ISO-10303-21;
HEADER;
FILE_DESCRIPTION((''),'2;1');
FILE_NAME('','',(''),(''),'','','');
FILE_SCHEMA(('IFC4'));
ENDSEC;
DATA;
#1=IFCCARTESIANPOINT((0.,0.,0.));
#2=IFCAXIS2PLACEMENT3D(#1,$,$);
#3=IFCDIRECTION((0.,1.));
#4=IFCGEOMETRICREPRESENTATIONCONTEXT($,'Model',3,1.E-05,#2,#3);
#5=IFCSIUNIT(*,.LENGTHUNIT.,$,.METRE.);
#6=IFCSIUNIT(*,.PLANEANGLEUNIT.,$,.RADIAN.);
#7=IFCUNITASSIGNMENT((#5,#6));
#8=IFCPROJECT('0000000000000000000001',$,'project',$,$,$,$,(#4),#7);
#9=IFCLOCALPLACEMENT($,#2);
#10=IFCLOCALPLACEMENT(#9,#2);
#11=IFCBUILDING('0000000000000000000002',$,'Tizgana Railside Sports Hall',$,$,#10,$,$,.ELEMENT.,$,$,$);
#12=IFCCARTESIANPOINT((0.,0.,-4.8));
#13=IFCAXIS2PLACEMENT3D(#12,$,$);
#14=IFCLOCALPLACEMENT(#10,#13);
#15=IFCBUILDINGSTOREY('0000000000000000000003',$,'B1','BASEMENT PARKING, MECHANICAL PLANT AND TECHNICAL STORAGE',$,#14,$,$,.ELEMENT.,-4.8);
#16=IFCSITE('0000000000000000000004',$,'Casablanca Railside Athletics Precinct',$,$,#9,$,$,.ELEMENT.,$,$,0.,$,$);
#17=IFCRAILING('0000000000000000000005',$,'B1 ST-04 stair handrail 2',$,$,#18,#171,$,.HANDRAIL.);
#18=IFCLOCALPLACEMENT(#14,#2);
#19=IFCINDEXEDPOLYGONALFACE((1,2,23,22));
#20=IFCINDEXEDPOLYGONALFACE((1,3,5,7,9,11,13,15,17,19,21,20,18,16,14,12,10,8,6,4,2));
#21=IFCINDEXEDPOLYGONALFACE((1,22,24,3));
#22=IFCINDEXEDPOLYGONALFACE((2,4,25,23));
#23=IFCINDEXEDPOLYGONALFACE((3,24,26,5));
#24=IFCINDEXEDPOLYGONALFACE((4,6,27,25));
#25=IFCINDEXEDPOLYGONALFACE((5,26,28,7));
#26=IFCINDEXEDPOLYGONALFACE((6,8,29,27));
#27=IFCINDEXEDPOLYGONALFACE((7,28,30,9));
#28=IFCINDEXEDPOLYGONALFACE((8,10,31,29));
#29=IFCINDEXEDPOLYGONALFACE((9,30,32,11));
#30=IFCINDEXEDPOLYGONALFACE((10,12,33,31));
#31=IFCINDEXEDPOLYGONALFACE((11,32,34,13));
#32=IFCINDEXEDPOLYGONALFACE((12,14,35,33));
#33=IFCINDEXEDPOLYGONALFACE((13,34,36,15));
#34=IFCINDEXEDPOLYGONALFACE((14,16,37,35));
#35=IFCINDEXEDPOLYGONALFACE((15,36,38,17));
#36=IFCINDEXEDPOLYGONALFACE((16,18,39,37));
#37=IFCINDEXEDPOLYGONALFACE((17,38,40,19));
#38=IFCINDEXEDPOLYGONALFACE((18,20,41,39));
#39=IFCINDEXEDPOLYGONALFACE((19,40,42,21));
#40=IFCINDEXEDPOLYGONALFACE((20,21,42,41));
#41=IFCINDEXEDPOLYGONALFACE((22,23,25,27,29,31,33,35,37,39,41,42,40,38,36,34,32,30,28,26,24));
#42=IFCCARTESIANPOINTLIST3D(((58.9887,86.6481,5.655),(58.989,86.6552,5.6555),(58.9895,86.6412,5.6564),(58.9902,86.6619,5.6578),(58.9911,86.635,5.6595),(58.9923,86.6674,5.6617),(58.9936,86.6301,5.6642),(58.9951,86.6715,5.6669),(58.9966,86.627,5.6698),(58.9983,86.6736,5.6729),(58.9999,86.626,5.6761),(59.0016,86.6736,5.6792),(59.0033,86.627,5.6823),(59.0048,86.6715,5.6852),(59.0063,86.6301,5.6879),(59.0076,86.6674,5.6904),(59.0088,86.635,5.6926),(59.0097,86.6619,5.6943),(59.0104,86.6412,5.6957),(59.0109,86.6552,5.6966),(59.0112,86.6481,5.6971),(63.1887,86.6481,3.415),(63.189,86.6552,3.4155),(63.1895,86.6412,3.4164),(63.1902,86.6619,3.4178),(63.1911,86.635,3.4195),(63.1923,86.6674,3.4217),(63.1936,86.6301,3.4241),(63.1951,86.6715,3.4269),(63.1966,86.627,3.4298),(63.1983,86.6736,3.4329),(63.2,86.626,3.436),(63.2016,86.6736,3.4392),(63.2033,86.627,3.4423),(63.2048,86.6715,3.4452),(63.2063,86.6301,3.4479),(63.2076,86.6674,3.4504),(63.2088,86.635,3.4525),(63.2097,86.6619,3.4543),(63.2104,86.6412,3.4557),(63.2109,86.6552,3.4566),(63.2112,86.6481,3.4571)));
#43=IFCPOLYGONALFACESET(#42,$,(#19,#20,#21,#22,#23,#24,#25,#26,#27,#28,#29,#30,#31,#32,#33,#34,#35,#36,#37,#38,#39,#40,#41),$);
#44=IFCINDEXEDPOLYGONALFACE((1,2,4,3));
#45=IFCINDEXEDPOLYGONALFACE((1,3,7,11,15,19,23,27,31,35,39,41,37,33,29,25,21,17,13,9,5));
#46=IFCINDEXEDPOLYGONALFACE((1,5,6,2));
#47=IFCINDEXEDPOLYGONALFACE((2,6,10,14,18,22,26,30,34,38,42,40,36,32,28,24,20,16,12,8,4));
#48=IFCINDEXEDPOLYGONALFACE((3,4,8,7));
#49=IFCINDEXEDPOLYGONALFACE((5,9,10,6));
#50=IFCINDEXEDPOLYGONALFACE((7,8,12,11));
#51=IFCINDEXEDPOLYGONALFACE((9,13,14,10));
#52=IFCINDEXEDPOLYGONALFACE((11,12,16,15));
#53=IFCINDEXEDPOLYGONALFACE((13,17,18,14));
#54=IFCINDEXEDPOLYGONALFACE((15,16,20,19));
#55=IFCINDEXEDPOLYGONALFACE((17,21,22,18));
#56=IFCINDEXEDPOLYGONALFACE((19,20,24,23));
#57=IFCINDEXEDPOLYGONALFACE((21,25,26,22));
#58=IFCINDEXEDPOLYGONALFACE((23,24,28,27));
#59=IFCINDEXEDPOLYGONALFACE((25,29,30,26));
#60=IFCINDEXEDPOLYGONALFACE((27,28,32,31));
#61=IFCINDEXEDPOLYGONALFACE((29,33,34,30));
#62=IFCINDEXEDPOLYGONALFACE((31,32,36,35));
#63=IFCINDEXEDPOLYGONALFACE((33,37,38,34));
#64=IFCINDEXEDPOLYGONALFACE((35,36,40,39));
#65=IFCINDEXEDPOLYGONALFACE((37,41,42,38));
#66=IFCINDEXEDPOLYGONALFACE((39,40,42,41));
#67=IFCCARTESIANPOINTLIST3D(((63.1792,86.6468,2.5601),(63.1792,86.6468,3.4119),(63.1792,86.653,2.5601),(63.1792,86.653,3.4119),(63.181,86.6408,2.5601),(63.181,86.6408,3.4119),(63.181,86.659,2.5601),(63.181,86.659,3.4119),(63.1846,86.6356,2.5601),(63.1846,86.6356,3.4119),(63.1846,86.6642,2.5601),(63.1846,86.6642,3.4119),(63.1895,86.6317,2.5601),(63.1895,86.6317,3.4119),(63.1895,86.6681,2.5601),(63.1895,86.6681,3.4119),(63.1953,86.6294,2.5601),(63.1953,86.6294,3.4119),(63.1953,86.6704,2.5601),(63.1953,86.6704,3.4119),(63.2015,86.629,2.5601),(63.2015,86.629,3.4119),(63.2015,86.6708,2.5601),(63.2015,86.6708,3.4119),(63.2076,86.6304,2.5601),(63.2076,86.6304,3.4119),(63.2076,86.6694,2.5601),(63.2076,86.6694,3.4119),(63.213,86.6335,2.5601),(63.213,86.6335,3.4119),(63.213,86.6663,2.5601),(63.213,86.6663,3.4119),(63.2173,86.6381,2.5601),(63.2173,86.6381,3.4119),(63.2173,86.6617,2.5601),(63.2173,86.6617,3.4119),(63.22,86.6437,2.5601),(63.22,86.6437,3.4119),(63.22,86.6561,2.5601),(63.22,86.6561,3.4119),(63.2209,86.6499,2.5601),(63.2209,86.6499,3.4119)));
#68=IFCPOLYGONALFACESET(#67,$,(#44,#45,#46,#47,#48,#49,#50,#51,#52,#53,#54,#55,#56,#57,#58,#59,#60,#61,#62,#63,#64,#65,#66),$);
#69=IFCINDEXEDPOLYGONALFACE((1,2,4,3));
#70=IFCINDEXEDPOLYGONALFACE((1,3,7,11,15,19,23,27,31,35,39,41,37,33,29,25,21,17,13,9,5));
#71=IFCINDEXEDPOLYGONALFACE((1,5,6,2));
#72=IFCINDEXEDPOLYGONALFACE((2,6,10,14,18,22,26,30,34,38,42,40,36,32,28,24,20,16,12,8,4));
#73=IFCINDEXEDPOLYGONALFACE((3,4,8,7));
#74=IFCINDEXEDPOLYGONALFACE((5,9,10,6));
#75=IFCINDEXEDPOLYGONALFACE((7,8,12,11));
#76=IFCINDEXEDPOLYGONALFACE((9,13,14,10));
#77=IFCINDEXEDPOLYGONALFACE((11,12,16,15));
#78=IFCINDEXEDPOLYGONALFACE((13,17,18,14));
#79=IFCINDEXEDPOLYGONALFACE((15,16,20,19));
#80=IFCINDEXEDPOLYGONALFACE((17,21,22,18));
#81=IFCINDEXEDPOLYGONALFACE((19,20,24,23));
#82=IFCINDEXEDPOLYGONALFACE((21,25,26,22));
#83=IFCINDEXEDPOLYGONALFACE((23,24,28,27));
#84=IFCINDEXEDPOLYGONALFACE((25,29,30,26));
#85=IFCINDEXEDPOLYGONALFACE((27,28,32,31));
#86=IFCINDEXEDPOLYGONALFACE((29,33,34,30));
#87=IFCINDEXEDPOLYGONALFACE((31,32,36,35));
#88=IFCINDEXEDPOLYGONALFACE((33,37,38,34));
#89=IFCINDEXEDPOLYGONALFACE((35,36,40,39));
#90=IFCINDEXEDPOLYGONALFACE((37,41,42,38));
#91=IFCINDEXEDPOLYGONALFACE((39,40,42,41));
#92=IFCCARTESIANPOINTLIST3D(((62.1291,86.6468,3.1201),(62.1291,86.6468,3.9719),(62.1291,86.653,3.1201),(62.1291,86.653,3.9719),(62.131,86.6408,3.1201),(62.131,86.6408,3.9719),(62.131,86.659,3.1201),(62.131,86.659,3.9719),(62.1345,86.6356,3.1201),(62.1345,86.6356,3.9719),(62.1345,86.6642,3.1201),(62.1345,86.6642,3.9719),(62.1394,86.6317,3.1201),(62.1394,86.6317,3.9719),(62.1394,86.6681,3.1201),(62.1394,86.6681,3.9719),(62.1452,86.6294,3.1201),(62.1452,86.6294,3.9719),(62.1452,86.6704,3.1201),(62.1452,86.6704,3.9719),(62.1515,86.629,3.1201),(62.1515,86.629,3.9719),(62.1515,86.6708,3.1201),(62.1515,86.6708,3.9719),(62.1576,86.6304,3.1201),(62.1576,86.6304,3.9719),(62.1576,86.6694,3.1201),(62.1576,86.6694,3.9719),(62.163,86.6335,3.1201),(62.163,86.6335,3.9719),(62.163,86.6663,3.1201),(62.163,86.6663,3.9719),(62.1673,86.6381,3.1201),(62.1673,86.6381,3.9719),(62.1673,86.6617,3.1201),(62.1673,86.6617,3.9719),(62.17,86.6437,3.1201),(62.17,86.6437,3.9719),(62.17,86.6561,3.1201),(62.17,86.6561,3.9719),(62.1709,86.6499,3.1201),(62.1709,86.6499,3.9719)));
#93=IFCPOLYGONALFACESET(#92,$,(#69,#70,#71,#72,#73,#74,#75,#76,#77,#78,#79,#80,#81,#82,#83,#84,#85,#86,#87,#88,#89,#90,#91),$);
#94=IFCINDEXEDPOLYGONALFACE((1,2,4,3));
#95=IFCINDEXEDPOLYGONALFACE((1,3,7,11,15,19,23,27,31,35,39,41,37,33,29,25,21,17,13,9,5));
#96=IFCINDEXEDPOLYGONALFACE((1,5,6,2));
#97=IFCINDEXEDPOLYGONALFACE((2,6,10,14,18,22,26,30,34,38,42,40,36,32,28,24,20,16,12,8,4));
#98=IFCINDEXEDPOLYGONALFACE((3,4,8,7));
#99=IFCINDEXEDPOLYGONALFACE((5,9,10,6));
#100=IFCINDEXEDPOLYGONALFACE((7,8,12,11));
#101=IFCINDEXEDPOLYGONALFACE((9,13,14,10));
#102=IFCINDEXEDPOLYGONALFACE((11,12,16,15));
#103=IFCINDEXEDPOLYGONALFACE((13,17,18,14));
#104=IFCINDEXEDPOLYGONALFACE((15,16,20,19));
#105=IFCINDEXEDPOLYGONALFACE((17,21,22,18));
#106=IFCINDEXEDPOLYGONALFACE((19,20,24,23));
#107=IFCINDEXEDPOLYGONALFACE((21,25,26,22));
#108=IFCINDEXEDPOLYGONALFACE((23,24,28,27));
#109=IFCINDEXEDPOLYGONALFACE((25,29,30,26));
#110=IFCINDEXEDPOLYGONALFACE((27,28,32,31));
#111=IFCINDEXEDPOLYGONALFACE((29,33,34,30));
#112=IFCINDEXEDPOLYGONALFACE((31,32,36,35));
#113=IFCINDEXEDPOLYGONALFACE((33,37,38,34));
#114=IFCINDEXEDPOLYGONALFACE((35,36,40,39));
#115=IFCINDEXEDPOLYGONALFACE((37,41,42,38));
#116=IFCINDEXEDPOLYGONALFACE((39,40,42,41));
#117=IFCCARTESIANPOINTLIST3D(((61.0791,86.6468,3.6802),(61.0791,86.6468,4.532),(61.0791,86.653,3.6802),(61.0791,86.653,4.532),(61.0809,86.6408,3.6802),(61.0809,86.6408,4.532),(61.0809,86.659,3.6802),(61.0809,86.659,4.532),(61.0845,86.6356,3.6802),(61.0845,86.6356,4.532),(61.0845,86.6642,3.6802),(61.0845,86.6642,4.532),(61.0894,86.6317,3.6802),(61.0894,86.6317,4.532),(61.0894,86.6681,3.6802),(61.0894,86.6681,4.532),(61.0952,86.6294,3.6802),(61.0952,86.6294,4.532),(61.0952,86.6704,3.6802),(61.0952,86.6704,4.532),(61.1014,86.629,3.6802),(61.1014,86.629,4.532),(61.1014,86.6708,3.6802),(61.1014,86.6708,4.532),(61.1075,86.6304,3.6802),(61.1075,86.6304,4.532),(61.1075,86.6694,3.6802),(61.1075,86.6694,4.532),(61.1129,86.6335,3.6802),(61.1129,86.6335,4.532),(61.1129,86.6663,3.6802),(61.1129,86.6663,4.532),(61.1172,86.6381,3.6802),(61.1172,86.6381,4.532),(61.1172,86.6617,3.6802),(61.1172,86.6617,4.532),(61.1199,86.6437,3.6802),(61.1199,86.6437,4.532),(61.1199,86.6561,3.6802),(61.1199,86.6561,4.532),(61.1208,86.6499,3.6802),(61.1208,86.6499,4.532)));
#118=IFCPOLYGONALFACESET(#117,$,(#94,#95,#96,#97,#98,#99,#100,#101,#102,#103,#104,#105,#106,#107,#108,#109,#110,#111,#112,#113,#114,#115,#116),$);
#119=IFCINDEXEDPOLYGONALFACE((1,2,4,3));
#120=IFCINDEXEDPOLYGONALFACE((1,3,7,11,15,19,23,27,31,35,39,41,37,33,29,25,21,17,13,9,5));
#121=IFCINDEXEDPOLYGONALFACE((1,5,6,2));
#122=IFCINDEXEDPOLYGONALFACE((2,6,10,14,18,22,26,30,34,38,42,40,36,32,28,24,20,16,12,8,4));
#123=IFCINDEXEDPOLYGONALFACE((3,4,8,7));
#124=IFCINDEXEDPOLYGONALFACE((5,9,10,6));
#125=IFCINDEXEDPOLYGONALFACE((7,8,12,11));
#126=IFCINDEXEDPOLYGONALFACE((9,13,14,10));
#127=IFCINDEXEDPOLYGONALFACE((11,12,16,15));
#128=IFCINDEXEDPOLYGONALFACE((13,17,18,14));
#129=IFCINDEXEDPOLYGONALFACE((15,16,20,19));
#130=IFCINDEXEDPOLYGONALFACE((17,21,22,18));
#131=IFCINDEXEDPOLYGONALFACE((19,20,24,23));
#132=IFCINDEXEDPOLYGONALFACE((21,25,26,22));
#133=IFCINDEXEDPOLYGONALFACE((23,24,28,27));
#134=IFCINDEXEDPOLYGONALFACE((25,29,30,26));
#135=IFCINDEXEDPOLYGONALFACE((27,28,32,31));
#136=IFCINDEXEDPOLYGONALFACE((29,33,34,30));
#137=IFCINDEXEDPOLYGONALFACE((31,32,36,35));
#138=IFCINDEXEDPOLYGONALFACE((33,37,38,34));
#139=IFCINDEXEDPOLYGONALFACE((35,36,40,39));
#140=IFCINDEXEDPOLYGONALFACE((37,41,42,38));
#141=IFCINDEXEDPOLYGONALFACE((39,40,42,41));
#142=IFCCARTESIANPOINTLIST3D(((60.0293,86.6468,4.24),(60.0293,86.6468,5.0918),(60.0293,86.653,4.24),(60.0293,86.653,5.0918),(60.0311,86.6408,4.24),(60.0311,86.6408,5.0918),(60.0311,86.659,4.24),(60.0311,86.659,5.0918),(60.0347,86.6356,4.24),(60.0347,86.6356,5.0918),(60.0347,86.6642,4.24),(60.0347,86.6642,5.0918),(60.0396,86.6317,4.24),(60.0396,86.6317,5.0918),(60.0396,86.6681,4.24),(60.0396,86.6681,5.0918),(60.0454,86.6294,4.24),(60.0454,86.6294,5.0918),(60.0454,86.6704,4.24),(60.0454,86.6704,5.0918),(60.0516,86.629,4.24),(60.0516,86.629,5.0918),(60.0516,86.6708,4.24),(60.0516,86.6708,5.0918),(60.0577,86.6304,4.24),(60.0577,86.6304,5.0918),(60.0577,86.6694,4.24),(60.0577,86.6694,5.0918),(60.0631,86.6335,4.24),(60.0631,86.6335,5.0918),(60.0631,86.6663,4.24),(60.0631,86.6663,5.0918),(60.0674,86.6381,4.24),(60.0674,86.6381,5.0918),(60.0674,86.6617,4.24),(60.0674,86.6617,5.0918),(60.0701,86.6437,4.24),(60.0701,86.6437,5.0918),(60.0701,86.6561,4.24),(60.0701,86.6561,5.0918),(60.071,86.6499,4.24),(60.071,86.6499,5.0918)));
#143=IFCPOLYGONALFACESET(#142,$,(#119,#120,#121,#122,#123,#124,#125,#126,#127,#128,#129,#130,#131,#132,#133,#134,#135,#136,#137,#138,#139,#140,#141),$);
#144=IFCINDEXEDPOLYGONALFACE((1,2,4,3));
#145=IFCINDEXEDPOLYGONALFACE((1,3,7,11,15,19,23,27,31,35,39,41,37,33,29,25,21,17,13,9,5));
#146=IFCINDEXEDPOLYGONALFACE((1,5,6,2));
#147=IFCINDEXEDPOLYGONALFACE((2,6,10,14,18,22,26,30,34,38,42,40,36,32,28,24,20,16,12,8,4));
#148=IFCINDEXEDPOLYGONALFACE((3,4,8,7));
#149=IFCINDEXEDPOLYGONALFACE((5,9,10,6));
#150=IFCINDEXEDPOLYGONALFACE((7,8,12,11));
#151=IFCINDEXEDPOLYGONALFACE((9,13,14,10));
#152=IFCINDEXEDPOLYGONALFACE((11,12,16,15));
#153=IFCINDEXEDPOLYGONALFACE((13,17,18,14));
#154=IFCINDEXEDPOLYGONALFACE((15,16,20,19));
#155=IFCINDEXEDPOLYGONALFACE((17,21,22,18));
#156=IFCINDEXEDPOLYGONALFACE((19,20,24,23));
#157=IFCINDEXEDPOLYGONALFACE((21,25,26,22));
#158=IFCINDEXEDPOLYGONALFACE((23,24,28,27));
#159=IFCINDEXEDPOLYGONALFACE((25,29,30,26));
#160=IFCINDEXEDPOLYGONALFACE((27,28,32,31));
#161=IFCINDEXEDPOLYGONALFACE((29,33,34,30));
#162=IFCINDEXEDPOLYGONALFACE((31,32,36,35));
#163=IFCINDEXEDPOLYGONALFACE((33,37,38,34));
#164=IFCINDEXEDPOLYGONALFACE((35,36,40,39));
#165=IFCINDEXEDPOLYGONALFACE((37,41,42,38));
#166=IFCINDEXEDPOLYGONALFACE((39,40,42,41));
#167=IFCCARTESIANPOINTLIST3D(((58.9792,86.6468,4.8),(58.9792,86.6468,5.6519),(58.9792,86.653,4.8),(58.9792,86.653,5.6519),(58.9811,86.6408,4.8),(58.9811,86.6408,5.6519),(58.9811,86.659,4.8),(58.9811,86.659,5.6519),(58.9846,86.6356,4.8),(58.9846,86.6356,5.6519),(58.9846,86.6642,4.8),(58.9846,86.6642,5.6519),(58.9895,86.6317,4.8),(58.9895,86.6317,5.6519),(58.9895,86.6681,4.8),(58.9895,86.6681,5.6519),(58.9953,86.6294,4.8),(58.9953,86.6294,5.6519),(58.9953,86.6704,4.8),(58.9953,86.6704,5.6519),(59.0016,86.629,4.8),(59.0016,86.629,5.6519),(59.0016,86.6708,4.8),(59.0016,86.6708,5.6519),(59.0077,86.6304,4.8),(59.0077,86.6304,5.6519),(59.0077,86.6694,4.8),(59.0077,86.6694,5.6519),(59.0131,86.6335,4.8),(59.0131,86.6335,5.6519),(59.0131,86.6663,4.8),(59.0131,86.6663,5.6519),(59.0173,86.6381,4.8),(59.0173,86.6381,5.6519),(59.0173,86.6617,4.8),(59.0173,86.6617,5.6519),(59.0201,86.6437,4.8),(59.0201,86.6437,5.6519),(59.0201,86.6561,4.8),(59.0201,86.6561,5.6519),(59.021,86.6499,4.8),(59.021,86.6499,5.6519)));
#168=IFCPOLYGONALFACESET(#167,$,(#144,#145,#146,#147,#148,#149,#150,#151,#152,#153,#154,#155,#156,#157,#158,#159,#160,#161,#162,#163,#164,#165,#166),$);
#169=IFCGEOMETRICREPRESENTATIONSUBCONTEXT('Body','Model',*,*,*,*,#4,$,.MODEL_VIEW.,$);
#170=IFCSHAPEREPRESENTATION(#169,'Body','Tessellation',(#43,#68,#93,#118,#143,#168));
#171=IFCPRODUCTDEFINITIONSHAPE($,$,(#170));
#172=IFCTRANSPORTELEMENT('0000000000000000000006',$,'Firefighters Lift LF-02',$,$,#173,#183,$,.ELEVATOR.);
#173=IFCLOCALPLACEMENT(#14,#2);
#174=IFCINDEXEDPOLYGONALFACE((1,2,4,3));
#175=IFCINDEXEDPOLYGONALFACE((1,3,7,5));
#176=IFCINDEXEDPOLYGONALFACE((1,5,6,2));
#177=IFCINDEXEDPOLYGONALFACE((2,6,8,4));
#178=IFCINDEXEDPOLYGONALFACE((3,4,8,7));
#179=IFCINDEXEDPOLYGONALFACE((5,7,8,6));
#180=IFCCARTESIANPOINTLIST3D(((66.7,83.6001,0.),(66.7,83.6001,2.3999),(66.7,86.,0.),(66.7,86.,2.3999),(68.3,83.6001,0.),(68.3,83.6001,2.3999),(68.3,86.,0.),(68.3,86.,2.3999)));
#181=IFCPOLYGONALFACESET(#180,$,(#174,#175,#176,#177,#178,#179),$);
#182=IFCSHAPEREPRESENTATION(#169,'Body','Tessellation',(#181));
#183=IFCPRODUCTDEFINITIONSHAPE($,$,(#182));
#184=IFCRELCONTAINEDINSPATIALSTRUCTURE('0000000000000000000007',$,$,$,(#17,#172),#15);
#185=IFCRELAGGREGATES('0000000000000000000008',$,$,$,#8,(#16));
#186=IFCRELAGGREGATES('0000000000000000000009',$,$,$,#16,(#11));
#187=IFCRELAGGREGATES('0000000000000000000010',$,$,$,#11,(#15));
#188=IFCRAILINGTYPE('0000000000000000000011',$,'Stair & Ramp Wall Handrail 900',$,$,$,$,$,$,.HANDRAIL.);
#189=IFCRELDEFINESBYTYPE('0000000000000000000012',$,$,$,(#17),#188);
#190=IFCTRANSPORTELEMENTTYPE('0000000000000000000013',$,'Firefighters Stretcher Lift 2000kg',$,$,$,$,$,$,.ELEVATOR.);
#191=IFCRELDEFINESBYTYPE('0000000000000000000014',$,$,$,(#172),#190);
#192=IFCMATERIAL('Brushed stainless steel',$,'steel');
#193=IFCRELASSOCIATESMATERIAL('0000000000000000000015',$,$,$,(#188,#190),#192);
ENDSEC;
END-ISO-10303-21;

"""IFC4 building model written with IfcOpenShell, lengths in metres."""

from ifc_helpers import new_model, si_unit, direction, frame, origin, origin_2d, place, context, subcontext, project, spatial, rectangle, circle, extrude, material, type_object, element, save


model = new_model("IFC4")

# Units and contexts
model_context = context("Model", 3, precision=1e-05, world=origin(), true_north=direction((0.0, 1.0)))
body_context = subcontext(model_context, "Body", "Model", "MODEL_VIEW")
ifc_project = project(units=[si_unit("LENGTHUNIT", "METRE"), si_unit("PLANEANGLEUNIT", "RADIAN")], contexts=[model_context])

# Site, building, storey
site_placement = place(None, origin())
site = spatial("IfcSite", under=ifc_project, at=site_placement, Name="Casablanca Railside Athletics Precinct", CompositionType="ELEMENT", RefElevation=0.0)
building_placement = place(site_placement, origin())
building = spatial("IfcBuilding", under=site, at=building_placement, Name="Tizgana Railside Sports Hall", CompositionType="ELEMENT")
storey_placement = place(building_placement, frame((0.0, 0.0, -4.8)))
storey = spatial("IfcBuildingStorey", under=building, at=storey_placement, Name="B1", Description="BASEMENT PARKING, MECHANICAL PLANT AND TECHNICAL STORAGE", CompositionType="ELEMENT", Elevation=-4.8)

# Shared definitions
ifc_material_1 = material(Name="Brushed stainless steel", Category="steel")

# Railing
railing_type_1 = type_object("IfcRailingType", Name="Stair & Ramp Wall Handrail 900", PredefinedType="HANDRAIL", material=ifc_material_1)
railing_1_placement = place(storey_placement, frame((63.2, 86.6499, 2.5601)))
element("IfcRailing", 1, at=railing_1_placement, inside=storey, type_object=railing_type_1, Name="B1 ST-04 stair handrail 2", PredefinedType="HANDRAIL", context=body_context, shape_type="SweptSolid", body=[
    extrude(circle(Radius=0.0239, at=origin_2d()), frame((0.0, 0.0, 0.876), z_axis=(-0.882352, 0.0, 0.470591), x_axis=(0.0, -1.0, 0.0)), (0.0, 0.0, 1.0), 4.76),
    extrude(circle(Radius=0.021, at=origin_2d()), origin(), (0.0, 0.0, 1.0), 0.8518),
    extrude(circle(Radius=0.021, at=origin_2d()), frame((-1.05, 0.0, 0.5601)), (0.0, 0.0, 1.0), 0.8518),
    extrude(circle(Radius=0.021, at=origin_2d()), frame((-2.1001, 0.0, 1.1201)), (0.0, 0.0, 1.0), 0.8518),
    extrude(circle(Radius=0.021, at=origin_2d()), frame((-3.1499, 0.0, 1.6799)), (0.0, 0.0, 1.0), 0.8518),
    extrude(circle(Radius=0.021, at=origin_2d()), frame((-4.2, 0.0, 2.24)), (0.0, 0.0, 1.0), 0.8518),
])

# Transport element
transport_element_type = type_object("IfcTransportElementType", Name="Firefighters Stretcher Lift 2000kg", PredefinedType="ELEVATOR", material=ifc_material_1)
transport_element_placement = place(storey_placement, frame((67.5, 84.8, 0.0), z_axis=(0.0, 0.0, 1.0), x_axis=(1.0, 0.0, 0.0)))
element("IfcTransportElement", 2, at=transport_element_placement, inside=storey, type_object=transport_element_type, Name="Firefighters Lift LF-02", PredefinedType="ELEVATOR", context=body_context, shape_type="SweptSolid", body=[
    extrude(rectangle(XDim=1.6001, YDim=2.3999, at=origin_2d()), origin(), (0.0, 0.0, 1.0), 2.3999),
])

save(model, "model.ifc")
